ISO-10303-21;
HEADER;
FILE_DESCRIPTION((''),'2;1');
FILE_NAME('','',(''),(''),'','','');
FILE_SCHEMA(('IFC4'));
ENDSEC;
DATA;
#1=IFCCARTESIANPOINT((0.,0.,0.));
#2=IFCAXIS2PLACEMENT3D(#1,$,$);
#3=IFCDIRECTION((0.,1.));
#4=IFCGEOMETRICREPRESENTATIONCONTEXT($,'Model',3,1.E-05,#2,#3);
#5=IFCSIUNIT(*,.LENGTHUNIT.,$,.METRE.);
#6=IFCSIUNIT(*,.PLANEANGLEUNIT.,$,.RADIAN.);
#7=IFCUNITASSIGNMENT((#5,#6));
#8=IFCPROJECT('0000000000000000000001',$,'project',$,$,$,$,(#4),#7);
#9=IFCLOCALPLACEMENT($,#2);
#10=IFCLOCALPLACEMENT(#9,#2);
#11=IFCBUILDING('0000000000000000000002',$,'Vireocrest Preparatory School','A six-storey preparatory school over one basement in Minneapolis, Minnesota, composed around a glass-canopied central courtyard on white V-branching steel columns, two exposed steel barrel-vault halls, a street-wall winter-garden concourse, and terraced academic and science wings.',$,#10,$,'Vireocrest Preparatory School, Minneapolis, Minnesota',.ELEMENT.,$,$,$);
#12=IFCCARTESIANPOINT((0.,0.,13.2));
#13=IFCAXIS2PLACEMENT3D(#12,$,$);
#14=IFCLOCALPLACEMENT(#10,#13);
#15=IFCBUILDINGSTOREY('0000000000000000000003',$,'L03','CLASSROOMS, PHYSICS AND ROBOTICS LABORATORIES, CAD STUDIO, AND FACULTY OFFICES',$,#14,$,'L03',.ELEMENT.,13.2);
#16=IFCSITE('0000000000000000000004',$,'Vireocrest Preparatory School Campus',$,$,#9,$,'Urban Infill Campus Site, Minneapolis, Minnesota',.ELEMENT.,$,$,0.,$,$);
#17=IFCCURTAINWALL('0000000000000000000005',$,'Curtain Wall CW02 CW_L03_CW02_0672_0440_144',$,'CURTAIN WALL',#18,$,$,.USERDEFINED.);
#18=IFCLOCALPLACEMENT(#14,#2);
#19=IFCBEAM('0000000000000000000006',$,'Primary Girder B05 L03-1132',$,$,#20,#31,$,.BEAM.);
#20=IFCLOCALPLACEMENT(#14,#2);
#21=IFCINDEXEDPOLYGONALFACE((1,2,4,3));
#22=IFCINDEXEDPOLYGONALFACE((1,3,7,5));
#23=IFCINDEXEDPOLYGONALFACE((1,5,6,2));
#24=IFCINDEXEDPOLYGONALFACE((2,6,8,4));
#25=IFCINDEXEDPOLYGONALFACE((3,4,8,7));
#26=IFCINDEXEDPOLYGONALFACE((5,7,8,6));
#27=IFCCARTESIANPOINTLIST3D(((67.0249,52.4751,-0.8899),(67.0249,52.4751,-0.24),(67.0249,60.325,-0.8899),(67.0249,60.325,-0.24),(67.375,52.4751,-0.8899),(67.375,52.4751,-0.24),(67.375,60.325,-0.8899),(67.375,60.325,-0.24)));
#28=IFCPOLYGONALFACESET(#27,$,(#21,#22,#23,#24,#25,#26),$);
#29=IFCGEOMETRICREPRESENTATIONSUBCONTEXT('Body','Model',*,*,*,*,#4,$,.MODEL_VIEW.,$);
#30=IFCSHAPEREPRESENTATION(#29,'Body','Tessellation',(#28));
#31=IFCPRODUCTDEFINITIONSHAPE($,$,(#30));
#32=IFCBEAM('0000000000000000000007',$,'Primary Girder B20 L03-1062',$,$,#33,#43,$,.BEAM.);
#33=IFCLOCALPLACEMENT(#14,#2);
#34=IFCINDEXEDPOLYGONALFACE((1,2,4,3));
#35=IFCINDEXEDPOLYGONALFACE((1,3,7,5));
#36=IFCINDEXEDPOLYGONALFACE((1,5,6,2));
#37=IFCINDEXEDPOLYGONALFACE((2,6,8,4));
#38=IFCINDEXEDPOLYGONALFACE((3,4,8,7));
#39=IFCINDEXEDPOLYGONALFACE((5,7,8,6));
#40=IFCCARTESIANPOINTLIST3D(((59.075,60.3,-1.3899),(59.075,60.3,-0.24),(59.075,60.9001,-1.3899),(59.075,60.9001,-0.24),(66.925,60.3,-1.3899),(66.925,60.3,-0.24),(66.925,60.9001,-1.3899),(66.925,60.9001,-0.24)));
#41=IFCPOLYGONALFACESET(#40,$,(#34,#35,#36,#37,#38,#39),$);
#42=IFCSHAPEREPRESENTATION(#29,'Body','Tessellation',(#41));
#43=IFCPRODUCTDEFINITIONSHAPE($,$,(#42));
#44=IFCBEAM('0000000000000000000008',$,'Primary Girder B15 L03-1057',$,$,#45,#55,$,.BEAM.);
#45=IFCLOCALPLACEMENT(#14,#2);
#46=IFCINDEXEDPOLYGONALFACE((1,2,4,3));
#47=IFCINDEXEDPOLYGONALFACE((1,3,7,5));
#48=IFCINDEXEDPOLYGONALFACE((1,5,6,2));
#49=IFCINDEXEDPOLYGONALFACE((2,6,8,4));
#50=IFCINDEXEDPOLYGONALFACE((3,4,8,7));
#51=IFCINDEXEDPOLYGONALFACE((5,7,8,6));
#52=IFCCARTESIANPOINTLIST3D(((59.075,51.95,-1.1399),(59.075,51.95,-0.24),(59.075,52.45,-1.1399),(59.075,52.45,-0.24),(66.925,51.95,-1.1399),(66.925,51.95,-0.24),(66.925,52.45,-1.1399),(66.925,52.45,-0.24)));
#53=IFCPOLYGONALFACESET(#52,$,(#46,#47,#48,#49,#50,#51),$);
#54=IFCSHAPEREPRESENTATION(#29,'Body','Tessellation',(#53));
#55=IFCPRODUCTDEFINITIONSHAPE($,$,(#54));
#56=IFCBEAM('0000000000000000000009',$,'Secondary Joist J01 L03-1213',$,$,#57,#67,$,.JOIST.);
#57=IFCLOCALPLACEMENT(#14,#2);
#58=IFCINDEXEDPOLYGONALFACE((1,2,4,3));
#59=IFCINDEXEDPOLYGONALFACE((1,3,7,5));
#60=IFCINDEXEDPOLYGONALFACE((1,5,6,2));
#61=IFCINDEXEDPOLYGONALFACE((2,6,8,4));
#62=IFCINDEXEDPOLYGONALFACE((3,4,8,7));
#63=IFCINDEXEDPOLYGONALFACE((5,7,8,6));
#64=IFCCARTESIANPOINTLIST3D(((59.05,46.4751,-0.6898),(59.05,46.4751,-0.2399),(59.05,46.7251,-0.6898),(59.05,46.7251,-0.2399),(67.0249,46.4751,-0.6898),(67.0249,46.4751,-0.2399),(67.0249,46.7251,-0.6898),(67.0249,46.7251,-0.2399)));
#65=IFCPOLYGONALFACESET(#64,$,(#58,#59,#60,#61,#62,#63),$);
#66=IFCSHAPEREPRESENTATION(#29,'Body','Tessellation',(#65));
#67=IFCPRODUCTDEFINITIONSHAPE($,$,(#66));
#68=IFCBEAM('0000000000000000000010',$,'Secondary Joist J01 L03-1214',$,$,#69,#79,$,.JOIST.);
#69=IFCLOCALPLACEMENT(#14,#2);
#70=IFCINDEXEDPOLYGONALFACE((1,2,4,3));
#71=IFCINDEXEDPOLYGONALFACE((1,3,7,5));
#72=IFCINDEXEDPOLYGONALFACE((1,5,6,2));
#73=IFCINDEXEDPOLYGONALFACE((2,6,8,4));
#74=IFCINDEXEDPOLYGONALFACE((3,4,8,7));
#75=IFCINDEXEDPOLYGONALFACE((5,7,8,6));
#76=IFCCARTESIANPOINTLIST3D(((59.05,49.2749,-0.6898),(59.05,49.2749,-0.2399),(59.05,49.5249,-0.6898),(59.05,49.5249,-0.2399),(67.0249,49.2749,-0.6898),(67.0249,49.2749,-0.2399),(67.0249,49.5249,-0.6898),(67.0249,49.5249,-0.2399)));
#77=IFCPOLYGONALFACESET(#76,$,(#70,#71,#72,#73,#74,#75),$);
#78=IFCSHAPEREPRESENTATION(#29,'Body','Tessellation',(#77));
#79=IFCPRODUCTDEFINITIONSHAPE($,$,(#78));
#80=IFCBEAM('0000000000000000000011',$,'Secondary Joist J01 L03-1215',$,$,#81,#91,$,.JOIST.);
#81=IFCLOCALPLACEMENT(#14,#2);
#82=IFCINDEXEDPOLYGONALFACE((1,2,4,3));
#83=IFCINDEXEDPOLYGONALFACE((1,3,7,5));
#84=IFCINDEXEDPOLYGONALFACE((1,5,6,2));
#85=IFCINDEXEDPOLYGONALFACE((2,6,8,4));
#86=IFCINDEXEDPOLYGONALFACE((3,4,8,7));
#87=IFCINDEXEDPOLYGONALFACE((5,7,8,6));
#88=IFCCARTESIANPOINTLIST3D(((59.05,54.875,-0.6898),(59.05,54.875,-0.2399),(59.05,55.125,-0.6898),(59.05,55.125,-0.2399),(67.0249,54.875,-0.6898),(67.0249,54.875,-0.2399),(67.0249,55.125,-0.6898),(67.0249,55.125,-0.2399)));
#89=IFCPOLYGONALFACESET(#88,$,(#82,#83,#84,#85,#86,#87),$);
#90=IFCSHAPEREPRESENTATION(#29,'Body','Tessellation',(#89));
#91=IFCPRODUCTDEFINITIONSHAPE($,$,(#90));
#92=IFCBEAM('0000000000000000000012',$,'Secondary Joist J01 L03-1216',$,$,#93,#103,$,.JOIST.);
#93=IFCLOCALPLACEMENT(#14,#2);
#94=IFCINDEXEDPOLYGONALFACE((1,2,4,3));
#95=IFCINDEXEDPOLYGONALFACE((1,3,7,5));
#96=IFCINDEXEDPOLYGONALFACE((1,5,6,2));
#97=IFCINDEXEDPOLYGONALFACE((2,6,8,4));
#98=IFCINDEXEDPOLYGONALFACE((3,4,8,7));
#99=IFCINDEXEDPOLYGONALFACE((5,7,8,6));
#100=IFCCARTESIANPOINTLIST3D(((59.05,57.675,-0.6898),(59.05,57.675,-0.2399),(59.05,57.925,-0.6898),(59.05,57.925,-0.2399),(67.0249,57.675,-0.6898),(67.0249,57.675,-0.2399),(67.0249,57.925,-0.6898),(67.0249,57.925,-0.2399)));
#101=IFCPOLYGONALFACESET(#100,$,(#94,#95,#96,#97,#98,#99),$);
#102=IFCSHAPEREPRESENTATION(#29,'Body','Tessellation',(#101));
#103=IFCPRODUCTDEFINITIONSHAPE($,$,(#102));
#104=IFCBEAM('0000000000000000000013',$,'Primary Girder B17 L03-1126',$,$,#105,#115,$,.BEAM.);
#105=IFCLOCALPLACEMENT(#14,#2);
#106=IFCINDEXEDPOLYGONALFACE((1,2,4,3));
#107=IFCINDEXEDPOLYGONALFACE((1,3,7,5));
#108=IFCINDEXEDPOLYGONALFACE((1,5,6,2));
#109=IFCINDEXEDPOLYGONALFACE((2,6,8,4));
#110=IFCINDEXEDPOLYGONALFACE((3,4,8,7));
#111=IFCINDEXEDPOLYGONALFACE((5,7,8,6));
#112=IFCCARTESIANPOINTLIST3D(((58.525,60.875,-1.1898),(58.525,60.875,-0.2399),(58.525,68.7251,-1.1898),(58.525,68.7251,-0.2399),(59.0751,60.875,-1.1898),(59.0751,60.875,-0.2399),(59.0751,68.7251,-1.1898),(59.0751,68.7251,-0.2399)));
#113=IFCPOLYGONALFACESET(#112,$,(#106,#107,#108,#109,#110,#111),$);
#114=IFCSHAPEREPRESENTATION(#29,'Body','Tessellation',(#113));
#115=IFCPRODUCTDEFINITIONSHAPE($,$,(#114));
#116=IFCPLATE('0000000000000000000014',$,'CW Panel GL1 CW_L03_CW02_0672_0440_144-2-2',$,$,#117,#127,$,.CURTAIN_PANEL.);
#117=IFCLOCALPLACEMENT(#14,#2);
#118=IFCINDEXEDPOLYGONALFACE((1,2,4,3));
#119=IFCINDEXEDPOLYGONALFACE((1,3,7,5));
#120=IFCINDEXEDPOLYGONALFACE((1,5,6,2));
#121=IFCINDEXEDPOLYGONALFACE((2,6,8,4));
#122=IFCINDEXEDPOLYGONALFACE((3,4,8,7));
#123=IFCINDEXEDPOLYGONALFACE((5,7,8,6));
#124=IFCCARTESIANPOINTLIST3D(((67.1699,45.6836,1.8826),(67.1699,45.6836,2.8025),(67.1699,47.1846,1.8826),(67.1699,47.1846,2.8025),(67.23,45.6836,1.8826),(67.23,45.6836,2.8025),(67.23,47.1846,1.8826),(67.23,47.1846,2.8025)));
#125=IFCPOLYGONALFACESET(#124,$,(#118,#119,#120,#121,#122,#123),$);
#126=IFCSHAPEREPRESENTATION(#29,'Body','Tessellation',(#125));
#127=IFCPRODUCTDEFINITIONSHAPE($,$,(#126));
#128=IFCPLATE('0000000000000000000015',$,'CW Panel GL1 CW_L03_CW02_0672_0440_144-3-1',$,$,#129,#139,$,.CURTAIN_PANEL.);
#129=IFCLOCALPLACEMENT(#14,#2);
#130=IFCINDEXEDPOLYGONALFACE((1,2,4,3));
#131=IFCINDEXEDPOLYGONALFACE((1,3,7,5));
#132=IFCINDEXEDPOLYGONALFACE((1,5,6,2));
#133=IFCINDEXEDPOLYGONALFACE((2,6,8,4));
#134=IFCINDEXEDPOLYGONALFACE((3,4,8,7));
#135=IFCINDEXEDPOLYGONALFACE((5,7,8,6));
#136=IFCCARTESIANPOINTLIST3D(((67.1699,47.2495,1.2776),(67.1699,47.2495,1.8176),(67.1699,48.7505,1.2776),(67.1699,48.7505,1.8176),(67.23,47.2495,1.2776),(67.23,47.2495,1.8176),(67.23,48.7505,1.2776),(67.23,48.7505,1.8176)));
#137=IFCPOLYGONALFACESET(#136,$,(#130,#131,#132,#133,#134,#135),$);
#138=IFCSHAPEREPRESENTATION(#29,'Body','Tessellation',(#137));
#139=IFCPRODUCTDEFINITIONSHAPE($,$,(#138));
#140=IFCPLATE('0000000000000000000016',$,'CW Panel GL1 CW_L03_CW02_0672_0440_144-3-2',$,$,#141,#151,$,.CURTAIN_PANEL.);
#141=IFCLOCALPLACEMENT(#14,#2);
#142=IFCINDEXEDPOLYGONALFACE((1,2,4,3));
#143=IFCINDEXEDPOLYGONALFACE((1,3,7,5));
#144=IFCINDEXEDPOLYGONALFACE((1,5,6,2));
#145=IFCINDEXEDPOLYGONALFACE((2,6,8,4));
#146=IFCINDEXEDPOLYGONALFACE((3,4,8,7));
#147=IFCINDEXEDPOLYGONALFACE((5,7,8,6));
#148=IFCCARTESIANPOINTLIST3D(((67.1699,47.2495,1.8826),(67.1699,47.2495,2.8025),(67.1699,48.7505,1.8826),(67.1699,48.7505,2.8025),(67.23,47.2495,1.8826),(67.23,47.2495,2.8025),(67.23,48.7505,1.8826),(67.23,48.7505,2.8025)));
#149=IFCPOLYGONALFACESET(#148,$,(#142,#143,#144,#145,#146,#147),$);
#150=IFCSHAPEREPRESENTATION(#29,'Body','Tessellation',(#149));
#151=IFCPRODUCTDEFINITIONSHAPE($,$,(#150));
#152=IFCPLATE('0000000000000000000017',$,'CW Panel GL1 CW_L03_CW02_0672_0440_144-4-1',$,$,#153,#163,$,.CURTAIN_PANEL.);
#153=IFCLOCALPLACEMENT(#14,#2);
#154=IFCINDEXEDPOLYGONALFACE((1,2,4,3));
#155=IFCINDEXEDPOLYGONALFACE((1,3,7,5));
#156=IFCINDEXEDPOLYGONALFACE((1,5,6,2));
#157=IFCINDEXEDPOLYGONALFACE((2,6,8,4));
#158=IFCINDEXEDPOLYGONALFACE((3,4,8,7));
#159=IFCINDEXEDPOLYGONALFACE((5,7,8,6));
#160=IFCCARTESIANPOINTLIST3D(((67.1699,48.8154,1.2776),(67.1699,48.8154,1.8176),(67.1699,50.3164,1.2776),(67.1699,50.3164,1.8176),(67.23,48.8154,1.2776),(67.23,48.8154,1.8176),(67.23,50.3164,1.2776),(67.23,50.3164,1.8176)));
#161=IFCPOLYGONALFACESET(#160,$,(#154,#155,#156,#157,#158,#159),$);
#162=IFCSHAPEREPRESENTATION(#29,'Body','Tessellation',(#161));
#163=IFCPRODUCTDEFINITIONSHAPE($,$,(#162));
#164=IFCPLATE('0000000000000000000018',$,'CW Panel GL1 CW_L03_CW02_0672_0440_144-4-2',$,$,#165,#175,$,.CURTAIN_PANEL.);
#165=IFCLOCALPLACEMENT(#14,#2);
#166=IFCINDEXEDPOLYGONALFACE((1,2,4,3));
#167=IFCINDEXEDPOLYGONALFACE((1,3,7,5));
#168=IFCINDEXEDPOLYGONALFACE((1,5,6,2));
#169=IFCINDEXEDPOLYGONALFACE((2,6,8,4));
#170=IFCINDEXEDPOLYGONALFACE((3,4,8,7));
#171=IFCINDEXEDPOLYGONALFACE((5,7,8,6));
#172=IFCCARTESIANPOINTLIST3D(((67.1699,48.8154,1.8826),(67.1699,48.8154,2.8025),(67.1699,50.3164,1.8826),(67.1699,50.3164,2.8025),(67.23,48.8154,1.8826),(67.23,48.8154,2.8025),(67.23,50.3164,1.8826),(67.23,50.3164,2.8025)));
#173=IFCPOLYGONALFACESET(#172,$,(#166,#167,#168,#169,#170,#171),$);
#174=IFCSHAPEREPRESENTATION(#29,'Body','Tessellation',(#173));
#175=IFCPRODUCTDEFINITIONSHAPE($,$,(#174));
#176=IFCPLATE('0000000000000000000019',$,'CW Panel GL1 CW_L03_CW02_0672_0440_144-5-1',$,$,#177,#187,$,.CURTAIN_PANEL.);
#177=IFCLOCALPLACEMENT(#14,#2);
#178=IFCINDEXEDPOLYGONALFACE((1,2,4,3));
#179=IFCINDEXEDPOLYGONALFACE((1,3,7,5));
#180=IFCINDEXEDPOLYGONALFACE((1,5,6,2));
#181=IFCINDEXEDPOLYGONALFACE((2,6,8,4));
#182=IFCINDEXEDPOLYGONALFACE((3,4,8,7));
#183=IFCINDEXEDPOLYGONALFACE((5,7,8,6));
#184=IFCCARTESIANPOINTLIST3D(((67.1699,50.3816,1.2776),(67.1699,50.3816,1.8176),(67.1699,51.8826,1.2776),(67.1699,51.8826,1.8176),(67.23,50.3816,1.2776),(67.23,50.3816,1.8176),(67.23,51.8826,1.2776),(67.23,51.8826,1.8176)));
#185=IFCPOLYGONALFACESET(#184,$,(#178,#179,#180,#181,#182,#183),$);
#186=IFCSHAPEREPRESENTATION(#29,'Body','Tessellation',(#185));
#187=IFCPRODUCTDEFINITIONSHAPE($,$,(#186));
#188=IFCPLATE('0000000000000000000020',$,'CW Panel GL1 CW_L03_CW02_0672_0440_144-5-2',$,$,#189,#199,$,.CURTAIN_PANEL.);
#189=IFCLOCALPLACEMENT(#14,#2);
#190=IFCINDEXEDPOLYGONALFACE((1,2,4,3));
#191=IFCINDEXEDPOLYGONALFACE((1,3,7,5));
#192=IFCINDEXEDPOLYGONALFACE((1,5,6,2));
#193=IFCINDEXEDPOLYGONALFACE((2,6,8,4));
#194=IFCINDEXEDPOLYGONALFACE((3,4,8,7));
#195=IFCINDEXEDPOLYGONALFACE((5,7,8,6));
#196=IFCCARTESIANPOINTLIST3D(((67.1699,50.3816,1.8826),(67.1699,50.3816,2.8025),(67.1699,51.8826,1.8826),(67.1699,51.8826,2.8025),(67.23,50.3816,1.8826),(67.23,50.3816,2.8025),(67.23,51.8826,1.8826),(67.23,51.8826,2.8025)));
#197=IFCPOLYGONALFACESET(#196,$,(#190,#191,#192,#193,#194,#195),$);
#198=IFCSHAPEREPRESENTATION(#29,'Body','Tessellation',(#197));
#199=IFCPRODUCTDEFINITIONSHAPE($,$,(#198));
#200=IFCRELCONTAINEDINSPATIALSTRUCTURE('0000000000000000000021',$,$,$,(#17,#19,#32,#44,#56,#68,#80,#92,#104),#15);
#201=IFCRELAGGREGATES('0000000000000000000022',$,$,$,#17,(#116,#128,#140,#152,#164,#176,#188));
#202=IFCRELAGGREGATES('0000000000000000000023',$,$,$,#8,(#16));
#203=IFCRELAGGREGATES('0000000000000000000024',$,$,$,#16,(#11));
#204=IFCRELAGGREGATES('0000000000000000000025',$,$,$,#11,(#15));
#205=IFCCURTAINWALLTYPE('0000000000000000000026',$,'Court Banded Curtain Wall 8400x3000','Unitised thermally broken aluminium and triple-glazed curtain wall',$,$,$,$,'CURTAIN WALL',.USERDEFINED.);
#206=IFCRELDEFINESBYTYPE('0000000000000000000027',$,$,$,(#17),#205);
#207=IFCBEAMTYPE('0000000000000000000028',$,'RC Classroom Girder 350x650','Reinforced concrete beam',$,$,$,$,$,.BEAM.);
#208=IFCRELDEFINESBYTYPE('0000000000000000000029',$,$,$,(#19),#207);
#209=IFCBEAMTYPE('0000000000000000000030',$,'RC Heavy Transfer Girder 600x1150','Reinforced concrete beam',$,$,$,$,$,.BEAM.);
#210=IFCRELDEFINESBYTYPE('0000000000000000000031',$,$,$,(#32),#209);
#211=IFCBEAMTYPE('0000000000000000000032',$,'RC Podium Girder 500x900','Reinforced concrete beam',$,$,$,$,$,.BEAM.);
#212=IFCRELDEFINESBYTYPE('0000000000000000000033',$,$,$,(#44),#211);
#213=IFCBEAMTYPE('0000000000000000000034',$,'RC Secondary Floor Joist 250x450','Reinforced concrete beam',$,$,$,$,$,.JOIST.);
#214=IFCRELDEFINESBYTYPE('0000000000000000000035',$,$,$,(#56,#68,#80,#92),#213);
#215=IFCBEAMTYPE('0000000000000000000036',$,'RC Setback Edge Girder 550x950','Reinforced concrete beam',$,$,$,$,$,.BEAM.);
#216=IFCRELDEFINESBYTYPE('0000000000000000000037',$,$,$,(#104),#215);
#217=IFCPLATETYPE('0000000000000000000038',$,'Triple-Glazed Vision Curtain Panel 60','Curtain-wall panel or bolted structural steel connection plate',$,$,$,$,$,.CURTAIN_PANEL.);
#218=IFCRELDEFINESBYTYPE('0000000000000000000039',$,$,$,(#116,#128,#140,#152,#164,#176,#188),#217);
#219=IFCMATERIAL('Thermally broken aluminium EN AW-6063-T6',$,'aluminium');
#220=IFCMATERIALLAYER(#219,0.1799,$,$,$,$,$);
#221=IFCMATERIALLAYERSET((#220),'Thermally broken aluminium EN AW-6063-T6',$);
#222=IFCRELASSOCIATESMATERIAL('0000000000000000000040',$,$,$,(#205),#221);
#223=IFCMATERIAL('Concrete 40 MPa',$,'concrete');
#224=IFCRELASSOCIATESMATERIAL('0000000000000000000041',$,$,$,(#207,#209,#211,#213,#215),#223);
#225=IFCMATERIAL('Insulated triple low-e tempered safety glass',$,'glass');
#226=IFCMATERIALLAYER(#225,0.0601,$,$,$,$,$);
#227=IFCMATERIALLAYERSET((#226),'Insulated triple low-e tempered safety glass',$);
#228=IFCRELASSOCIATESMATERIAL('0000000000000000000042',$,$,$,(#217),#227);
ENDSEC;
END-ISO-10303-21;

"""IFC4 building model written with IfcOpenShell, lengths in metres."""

from ifc_helpers import new_model, si_unit, direction, frame, origin, origin_2d, place, context, subcontext, project, spatial, rectangle, extrude, material, layer, layer_set, material_profile, profile_set, type_object, element, aggregate, save


model = new_model("IFC4")

# Units and contexts
model_context = context("Model", 3, precision=1e-05, world=origin(), true_north=direction((0.0, 1.0)))
body_context = subcontext(model_context, "Body", "Model", "MODEL_VIEW")
ifc_project = project(units=[si_unit("LENGTHUNIT", "METRE"), si_unit("PLANEANGLEUNIT", "RADIAN")], contexts=[model_context])

# Site, building, storey
site_placement = place(None, origin())
site = spatial("IfcSite", under=ifc_project, at=site_placement, Name="Vireocrest Preparatory School Campus", LongName="Urban Infill Campus Site, Minneapolis, Minnesota", CompositionType="ELEMENT", RefElevation=0.0)
building_placement = place(site_placement, origin())
building = spatial("IfcBuilding", under=site, at=building_placement, Name="Vireocrest Preparatory School", Description="A six-storey preparatory school over one basement in Minneapolis, Minnesota, composed around a glass-canopied central courtyard on white V-branching steel columns, two exposed steel barrel-vault halls, a street-wall winter-garden concourse, and terraced academic and science wings.", LongName="Vireocrest Preparatory School, Minneapolis, Minnesota", CompositionType="ELEMENT")
storey_placement = place(building_placement, frame((0.0, 0.0, 13.2)))
storey = spatial("IfcBuildingStorey", under=building, at=storey_placement, Name="L03", Description="CLASSROOMS, PHYSICS AND ROBOTICS LABORATORIES, CAD STUDIO, AND FACULTY OFFICES", LongName="L03", CompositionType="ELEMENT", Elevation=13.2)

# Curtain wall
ifc_material_1 = material(Name="Thermally broken aluminium EN AW-6063-T6", Category="aluminium")
ifc_layer_1 = layer(ifc_material_1, 0.1799)
ifc_layer_set_1 = layer_set([ifc_layer_1], Name="Thermally broken aluminium EN AW-6063-T6")
curtain_wall_type = type_object("IfcCurtainWallType", Name="Court Banded Curtain Wall 8400x3000", Description="Unitised thermally broken aluminium and triple-glazed curtain wall", ElementType="CURTAIN WALL", PredefinedType="USERDEFINED", material=ifc_layer_set_1)
curtain_wall_1_placement = place(storey_placement, origin())
curtain_wall_1 = element("IfcCurtainWall", 1, at=curtain_wall_1_placement, inside=storey, type_object=curtain_wall_type, Name="Curtain Wall CW02 CW_L03_CW02_0672_0440_144", ObjectType="CURTAIN WALL", PredefinedType="USERDEFINED")

# Beams
ifc_material_2 = material(Name="Concrete 40 MPa", Category="concrete")
ifc_material_profile_1 = material_profile(ifc_material_2, rectangle(XDim=0.3501, YDim=0.6499, at=origin_2d()), Name="RC 350x650")
ifc_profile_set_1 = profile_set([ifc_material_profile_1], Name="Concrete 40 MPa")
beam_type_1 = type_object("IfcBeamType", Name="RC Classroom Girder 350x650", Description="Reinforced concrete beam", PredefinedType="BEAM", material=ifc_profile_set_1)
beam_1_placement = place(storey_placement, frame((67.2, 52.4751, -0.5649), z_axis=(0.0, 1.0, 0.0), x_axis=(-1.0, 0.0, 0.0)))
element("IfcBeam", 2, at=beam_1_placement, inside=storey, type_object=beam_type_1, Name="Primary Girder B05 L03-1132", PredefinedType="BEAM", context=body_context, shape_type="SweptSolid", body=[
    extrude(rectangle(XDim=0.3501, YDim=0.6499, at=origin_2d()), origin(), (0.0, 0.0, 1.0), 7.8499),
])
ifc_material_profile_2 = material_profile(ifc_material_2, rectangle(XDim=0.6001, YDim=1.1499, at=origin_2d()), Name="RC 600x1150")
ifc_profile_set_2 = profile_set([ifc_material_profile_2], Name="Concrete 40 MPa")
beam_type_2 = type_object("IfcBeamType", Name="RC Heavy Transfer Girder 600x1150", Description="Reinforced concrete beam", PredefinedType="BEAM", material=ifc_profile_set_2)
beam_2_placement = place(storey_placement, frame((59.075, 60.6001, -0.8149), z_axis=(1.0, 0.0, 0.0), x_axis=(0.0, 1.0, 0.0)))
element("IfcBeam", 3, at=beam_2_placement, inside=storey, type_object=beam_type_2, Name="Primary Girder B20 L03-1062", PredefinedType="BEAM", context=body_context, shape_type="SweptSolid", body=[
    extrude(rectangle(XDim=0.6001, YDim=1.1499, at=origin_2d()), origin(), (0.0, 0.0, 1.0), 7.8501),
])
ifc_material_profile_3 = material_profile(ifc_material_2, rectangle(XDim=0.5, YDim=0.8999, at=origin_2d()), Name="RC 500x900")
ifc_profile_set_3 = profile_set([ifc_material_profile_3], Name="Concrete 40 MPa")
beam_type_3 = type_object("IfcBeamType", Name="RC Podium Girder 500x900", Description="Reinforced concrete beam", PredefinedType="BEAM", material=ifc_profile_set_3)
beam_3_placement = place(storey_placement, frame((59.075, 52.2, -0.6899), z_axis=(1.0, 0.0, 0.0), x_axis=(0.0, 1.0, 0.0)))
element("IfcBeam", 4, at=beam_3_placement, inside=storey, type_object=beam_type_3, Name="Primary Girder B15 L03-1057", PredefinedType="BEAM", context=body_context, shape_type="SweptSolid", body=[
    extrude(rectangle(XDim=0.5, YDim=0.8999, at=origin_2d()), origin(), (0.0, 0.0, 1.0), 7.8501),
])
ifc_material_profile_4 = material_profile(ifc_material_2, rectangle(XDim=0.25, YDim=0.45, at=origin_2d()), Name="RC 250x450")
ifc_profile_set_4 = profile_set([ifc_material_profile_4], Name="Concrete 40 MPa")
beam_type_4 = type_object("IfcBeamType", Name="RC Secondary Floor Joist 250x450", Description="Reinforced concrete beam", PredefinedType="JOIST", material=ifc_profile_set_4)
for number, where, z_axis, x_axis, name in (
    (5, (59.05, 46.6001, -0.4648), (1.0, 0.0, 0.0), (0.0, 1.0, 0.0), "Secondary Joist J01 L03-1213"),
    (6, (59.05, 49.3999, -0.4648), (1.0, 0.0, 0.0), (0.0, 1.0, 0.0), "Secondary Joist J01 L03-1214"),
    (7, (59.05, 55.0, -0.4648), (1.0, 0.0, 0.0), (0.0, 1.0, 0.0), "Secondary Joist J01 L03-1215"),
    (8, (59.05, 57.8, -0.4648), (1.0, 0.0, 0.0), (0.0, 1.0, 0.0), "Secondary Joist J01 L03-1216"),
):
    element("IfcBeam", number, at=place(storey_placement, frame(where, z_axis=z_axis, x_axis=x_axis)), inside=storey, type_object=beam_type_4, Name=name, PredefinedType="JOIST", context=body_context, shape_type="SweptSolid", body=[
        extrude(rectangle(XDim=0.25, YDim=0.45, at=origin_2d()), origin(), (0.0, 0.0, 1.0), 7.9749),
    ])
ifc_material_profile_5 = material_profile(ifc_material_2, rectangle(XDim=0.55, YDim=0.95, at=origin_2d()), Name="RC 550x950")
ifc_profile_set_5 = profile_set([ifc_material_profile_5], Name="Concrete 40 MPa")
beam_type_5 = type_object("IfcBeamType", Name="RC Setback Edge Girder 550x950", Description="Reinforced concrete beam", PredefinedType="BEAM", material=ifc_profile_set_5)
beam_4_placement = place(storey_placement, frame((58.8, 60.875, -0.7148), z_axis=(0.0, 1.0, 0.0), x_axis=(-1.0, 0.0, 0.0)))
element("IfcBeam", 9, at=beam_4_placement, inside=storey, type_object=beam_type_5, Name="Primary Girder B17 L03-1126", PredefinedType="BEAM", context=body_context, shape_type="SweptSolid", body=[
    extrude(rectangle(XDim=0.55, YDim=0.95, at=origin_2d()), origin(), (0.0, 0.0, 1.0), 7.8501),
])

# Plates
ifc_material_3 = material(Name="Insulated triple low-e tempered safety glass", Category="glass")
ifc_layer_2 = layer(ifc_material_3, 0.0601)
ifc_layer_set_2 = layer_set([ifc_layer_2], Name="Insulated triple low-e tempered safety glass")
plate_type = type_object("IfcPlateType", Name="Triple-Glazed Vision Curtain Panel 60", Description="Curtain-wall panel or bolted structural steel connection plate", PredefinedType="CURTAIN_PANEL", material=ifc_layer_set_2)
plate_1_placement = place(storey_placement, frame((67.2, 46.4341, 1.8826), z_axis=(0.0, 0.0, 1.0), x_axis=(0.0, 1.0, 0.0)))
plate_1 = element("IfcPlate", 10, at=plate_1_placement, type_object=plate_type, Name="CW Panel GL1 CW_L03_CW02_0672_0440_144-2-2", PredefinedType="CURTAIN_PANEL", context=body_context, shape_type="SweptSolid", body=[
    extrude(rectangle(XDim=1.501, YDim=0.0601, at=origin_2d()), origin(), (0.0, 0.0, 1.0), 0.9199),
])
plate_2_placement = place(storey_placement, frame((67.2, 48.0, 1.2776), z_axis=(0.0, 0.0, 1.0), x_axis=(0.0, 1.0, 0.0)))
plate_2 = element("IfcPlate", 11, at=plate_2_placement, type_object=plate_type, Name="CW Panel GL1 CW_L03_CW02_0672_0440_144-3-1", PredefinedType="CURTAIN_PANEL", context=body_context, shape_type="SweptSolid", body=[
    extrude(rectangle(XDim=1.501, YDim=0.0601, at=origin_2d()), origin(), (0.0, 0.0, 1.0), 0.54),
])
plate_3_placement = place(storey_placement, frame((67.2, 48.0, 1.8826), z_axis=(0.0, 0.0, 1.0), x_axis=(0.0, 1.0, 0.0)))
plate_3 = element("IfcPlate", 12, at=plate_3_placement, type_object=plate_type, Name="CW Panel GL1 CW_L03_CW02_0672_0440_144-3-2", PredefinedType="CURTAIN_PANEL", context=body_context, shape_type="SweptSolid", body=[
    extrude(rectangle(XDim=1.501, YDim=0.0601, at=origin_2d()), origin(), (0.0, 0.0, 1.0), 0.9199),
])
plate_4_placement = place(storey_placement, frame((67.2, 49.5659, 1.2776), z_axis=(0.0, 0.0, 1.0), x_axis=(0.0, 1.0, 0.0)))
plate_4 = element("IfcPlate", 13, at=plate_4_placement, type_object=plate_type, Name="CW Panel GL1 CW_L03_CW02_0672_0440_144-4-1", PredefinedType="CURTAIN_PANEL", context=body_context, shape_type="SweptSolid", body=[
    extrude(rectangle(XDim=1.501, YDim=0.0601, at=origin_2d()), origin(), (0.0, 0.0, 1.0), 0.54),
])
plate_5_placement = place(storey_placement, frame((67.2, 49.5659, 1.8826), z_axis=(0.0, 0.0, 1.0), x_axis=(0.0, 1.0, 0.0)))
plate_5 = element("IfcPlate", 14, at=plate_5_placement, type_object=plate_type, Name="CW Panel GL1 CW_L03_CW02_0672_0440_144-4-2", PredefinedType="CURTAIN_PANEL", context=body_context, shape_type="SweptSolid", body=[
    extrude(rectangle(XDim=1.501, YDim=0.0601, at=origin_2d()), origin(), (0.0, 0.0, 1.0), 0.9199),
])
plate_6_placement = place(storey_placement, frame((67.2, 51.1321, 1.2776), z_axis=(0.0, 0.0, 1.0), x_axis=(0.0, 1.0, 0.0)))
plate_6 = element("IfcPlate", 15, at=plate_6_placement, type_object=plate_type, Name="CW Panel GL1 CW_L03_CW02_0672_0440_144-5-1", PredefinedType="CURTAIN_PANEL", context=body_context, shape_type="SweptSolid", body=[
    extrude(rectangle(XDim=1.501, YDim=0.0601, at=origin_2d()), origin(), (0.0, 0.0, 1.0), 0.54),
])
plate_7_placement = place(storey_placement, frame((67.2, 51.1321, 1.8826), z_axis=(0.0, 0.0, 1.0), x_axis=(0.0, 1.0, 0.0)))
plate_7 = element("IfcPlate", 16, at=plate_7_placement, type_object=plate_type, Name="CW Panel GL1 CW_L03_CW02_0672_0440_144-5-2", PredefinedType="CURTAIN_PANEL", context=body_context, shape_type="SweptSolid", body=[
    extrude(rectangle(XDim=1.501, YDim=0.0601, at=origin_2d()), origin(), (0.0, 0.0, 1.0), 0.9199),
])
aggregate(curtain_wall_1, [plate_1, plate_2, plate_3, plate_4, plate_5, plate_6, plate_7])

save(model, "model.ifc")
